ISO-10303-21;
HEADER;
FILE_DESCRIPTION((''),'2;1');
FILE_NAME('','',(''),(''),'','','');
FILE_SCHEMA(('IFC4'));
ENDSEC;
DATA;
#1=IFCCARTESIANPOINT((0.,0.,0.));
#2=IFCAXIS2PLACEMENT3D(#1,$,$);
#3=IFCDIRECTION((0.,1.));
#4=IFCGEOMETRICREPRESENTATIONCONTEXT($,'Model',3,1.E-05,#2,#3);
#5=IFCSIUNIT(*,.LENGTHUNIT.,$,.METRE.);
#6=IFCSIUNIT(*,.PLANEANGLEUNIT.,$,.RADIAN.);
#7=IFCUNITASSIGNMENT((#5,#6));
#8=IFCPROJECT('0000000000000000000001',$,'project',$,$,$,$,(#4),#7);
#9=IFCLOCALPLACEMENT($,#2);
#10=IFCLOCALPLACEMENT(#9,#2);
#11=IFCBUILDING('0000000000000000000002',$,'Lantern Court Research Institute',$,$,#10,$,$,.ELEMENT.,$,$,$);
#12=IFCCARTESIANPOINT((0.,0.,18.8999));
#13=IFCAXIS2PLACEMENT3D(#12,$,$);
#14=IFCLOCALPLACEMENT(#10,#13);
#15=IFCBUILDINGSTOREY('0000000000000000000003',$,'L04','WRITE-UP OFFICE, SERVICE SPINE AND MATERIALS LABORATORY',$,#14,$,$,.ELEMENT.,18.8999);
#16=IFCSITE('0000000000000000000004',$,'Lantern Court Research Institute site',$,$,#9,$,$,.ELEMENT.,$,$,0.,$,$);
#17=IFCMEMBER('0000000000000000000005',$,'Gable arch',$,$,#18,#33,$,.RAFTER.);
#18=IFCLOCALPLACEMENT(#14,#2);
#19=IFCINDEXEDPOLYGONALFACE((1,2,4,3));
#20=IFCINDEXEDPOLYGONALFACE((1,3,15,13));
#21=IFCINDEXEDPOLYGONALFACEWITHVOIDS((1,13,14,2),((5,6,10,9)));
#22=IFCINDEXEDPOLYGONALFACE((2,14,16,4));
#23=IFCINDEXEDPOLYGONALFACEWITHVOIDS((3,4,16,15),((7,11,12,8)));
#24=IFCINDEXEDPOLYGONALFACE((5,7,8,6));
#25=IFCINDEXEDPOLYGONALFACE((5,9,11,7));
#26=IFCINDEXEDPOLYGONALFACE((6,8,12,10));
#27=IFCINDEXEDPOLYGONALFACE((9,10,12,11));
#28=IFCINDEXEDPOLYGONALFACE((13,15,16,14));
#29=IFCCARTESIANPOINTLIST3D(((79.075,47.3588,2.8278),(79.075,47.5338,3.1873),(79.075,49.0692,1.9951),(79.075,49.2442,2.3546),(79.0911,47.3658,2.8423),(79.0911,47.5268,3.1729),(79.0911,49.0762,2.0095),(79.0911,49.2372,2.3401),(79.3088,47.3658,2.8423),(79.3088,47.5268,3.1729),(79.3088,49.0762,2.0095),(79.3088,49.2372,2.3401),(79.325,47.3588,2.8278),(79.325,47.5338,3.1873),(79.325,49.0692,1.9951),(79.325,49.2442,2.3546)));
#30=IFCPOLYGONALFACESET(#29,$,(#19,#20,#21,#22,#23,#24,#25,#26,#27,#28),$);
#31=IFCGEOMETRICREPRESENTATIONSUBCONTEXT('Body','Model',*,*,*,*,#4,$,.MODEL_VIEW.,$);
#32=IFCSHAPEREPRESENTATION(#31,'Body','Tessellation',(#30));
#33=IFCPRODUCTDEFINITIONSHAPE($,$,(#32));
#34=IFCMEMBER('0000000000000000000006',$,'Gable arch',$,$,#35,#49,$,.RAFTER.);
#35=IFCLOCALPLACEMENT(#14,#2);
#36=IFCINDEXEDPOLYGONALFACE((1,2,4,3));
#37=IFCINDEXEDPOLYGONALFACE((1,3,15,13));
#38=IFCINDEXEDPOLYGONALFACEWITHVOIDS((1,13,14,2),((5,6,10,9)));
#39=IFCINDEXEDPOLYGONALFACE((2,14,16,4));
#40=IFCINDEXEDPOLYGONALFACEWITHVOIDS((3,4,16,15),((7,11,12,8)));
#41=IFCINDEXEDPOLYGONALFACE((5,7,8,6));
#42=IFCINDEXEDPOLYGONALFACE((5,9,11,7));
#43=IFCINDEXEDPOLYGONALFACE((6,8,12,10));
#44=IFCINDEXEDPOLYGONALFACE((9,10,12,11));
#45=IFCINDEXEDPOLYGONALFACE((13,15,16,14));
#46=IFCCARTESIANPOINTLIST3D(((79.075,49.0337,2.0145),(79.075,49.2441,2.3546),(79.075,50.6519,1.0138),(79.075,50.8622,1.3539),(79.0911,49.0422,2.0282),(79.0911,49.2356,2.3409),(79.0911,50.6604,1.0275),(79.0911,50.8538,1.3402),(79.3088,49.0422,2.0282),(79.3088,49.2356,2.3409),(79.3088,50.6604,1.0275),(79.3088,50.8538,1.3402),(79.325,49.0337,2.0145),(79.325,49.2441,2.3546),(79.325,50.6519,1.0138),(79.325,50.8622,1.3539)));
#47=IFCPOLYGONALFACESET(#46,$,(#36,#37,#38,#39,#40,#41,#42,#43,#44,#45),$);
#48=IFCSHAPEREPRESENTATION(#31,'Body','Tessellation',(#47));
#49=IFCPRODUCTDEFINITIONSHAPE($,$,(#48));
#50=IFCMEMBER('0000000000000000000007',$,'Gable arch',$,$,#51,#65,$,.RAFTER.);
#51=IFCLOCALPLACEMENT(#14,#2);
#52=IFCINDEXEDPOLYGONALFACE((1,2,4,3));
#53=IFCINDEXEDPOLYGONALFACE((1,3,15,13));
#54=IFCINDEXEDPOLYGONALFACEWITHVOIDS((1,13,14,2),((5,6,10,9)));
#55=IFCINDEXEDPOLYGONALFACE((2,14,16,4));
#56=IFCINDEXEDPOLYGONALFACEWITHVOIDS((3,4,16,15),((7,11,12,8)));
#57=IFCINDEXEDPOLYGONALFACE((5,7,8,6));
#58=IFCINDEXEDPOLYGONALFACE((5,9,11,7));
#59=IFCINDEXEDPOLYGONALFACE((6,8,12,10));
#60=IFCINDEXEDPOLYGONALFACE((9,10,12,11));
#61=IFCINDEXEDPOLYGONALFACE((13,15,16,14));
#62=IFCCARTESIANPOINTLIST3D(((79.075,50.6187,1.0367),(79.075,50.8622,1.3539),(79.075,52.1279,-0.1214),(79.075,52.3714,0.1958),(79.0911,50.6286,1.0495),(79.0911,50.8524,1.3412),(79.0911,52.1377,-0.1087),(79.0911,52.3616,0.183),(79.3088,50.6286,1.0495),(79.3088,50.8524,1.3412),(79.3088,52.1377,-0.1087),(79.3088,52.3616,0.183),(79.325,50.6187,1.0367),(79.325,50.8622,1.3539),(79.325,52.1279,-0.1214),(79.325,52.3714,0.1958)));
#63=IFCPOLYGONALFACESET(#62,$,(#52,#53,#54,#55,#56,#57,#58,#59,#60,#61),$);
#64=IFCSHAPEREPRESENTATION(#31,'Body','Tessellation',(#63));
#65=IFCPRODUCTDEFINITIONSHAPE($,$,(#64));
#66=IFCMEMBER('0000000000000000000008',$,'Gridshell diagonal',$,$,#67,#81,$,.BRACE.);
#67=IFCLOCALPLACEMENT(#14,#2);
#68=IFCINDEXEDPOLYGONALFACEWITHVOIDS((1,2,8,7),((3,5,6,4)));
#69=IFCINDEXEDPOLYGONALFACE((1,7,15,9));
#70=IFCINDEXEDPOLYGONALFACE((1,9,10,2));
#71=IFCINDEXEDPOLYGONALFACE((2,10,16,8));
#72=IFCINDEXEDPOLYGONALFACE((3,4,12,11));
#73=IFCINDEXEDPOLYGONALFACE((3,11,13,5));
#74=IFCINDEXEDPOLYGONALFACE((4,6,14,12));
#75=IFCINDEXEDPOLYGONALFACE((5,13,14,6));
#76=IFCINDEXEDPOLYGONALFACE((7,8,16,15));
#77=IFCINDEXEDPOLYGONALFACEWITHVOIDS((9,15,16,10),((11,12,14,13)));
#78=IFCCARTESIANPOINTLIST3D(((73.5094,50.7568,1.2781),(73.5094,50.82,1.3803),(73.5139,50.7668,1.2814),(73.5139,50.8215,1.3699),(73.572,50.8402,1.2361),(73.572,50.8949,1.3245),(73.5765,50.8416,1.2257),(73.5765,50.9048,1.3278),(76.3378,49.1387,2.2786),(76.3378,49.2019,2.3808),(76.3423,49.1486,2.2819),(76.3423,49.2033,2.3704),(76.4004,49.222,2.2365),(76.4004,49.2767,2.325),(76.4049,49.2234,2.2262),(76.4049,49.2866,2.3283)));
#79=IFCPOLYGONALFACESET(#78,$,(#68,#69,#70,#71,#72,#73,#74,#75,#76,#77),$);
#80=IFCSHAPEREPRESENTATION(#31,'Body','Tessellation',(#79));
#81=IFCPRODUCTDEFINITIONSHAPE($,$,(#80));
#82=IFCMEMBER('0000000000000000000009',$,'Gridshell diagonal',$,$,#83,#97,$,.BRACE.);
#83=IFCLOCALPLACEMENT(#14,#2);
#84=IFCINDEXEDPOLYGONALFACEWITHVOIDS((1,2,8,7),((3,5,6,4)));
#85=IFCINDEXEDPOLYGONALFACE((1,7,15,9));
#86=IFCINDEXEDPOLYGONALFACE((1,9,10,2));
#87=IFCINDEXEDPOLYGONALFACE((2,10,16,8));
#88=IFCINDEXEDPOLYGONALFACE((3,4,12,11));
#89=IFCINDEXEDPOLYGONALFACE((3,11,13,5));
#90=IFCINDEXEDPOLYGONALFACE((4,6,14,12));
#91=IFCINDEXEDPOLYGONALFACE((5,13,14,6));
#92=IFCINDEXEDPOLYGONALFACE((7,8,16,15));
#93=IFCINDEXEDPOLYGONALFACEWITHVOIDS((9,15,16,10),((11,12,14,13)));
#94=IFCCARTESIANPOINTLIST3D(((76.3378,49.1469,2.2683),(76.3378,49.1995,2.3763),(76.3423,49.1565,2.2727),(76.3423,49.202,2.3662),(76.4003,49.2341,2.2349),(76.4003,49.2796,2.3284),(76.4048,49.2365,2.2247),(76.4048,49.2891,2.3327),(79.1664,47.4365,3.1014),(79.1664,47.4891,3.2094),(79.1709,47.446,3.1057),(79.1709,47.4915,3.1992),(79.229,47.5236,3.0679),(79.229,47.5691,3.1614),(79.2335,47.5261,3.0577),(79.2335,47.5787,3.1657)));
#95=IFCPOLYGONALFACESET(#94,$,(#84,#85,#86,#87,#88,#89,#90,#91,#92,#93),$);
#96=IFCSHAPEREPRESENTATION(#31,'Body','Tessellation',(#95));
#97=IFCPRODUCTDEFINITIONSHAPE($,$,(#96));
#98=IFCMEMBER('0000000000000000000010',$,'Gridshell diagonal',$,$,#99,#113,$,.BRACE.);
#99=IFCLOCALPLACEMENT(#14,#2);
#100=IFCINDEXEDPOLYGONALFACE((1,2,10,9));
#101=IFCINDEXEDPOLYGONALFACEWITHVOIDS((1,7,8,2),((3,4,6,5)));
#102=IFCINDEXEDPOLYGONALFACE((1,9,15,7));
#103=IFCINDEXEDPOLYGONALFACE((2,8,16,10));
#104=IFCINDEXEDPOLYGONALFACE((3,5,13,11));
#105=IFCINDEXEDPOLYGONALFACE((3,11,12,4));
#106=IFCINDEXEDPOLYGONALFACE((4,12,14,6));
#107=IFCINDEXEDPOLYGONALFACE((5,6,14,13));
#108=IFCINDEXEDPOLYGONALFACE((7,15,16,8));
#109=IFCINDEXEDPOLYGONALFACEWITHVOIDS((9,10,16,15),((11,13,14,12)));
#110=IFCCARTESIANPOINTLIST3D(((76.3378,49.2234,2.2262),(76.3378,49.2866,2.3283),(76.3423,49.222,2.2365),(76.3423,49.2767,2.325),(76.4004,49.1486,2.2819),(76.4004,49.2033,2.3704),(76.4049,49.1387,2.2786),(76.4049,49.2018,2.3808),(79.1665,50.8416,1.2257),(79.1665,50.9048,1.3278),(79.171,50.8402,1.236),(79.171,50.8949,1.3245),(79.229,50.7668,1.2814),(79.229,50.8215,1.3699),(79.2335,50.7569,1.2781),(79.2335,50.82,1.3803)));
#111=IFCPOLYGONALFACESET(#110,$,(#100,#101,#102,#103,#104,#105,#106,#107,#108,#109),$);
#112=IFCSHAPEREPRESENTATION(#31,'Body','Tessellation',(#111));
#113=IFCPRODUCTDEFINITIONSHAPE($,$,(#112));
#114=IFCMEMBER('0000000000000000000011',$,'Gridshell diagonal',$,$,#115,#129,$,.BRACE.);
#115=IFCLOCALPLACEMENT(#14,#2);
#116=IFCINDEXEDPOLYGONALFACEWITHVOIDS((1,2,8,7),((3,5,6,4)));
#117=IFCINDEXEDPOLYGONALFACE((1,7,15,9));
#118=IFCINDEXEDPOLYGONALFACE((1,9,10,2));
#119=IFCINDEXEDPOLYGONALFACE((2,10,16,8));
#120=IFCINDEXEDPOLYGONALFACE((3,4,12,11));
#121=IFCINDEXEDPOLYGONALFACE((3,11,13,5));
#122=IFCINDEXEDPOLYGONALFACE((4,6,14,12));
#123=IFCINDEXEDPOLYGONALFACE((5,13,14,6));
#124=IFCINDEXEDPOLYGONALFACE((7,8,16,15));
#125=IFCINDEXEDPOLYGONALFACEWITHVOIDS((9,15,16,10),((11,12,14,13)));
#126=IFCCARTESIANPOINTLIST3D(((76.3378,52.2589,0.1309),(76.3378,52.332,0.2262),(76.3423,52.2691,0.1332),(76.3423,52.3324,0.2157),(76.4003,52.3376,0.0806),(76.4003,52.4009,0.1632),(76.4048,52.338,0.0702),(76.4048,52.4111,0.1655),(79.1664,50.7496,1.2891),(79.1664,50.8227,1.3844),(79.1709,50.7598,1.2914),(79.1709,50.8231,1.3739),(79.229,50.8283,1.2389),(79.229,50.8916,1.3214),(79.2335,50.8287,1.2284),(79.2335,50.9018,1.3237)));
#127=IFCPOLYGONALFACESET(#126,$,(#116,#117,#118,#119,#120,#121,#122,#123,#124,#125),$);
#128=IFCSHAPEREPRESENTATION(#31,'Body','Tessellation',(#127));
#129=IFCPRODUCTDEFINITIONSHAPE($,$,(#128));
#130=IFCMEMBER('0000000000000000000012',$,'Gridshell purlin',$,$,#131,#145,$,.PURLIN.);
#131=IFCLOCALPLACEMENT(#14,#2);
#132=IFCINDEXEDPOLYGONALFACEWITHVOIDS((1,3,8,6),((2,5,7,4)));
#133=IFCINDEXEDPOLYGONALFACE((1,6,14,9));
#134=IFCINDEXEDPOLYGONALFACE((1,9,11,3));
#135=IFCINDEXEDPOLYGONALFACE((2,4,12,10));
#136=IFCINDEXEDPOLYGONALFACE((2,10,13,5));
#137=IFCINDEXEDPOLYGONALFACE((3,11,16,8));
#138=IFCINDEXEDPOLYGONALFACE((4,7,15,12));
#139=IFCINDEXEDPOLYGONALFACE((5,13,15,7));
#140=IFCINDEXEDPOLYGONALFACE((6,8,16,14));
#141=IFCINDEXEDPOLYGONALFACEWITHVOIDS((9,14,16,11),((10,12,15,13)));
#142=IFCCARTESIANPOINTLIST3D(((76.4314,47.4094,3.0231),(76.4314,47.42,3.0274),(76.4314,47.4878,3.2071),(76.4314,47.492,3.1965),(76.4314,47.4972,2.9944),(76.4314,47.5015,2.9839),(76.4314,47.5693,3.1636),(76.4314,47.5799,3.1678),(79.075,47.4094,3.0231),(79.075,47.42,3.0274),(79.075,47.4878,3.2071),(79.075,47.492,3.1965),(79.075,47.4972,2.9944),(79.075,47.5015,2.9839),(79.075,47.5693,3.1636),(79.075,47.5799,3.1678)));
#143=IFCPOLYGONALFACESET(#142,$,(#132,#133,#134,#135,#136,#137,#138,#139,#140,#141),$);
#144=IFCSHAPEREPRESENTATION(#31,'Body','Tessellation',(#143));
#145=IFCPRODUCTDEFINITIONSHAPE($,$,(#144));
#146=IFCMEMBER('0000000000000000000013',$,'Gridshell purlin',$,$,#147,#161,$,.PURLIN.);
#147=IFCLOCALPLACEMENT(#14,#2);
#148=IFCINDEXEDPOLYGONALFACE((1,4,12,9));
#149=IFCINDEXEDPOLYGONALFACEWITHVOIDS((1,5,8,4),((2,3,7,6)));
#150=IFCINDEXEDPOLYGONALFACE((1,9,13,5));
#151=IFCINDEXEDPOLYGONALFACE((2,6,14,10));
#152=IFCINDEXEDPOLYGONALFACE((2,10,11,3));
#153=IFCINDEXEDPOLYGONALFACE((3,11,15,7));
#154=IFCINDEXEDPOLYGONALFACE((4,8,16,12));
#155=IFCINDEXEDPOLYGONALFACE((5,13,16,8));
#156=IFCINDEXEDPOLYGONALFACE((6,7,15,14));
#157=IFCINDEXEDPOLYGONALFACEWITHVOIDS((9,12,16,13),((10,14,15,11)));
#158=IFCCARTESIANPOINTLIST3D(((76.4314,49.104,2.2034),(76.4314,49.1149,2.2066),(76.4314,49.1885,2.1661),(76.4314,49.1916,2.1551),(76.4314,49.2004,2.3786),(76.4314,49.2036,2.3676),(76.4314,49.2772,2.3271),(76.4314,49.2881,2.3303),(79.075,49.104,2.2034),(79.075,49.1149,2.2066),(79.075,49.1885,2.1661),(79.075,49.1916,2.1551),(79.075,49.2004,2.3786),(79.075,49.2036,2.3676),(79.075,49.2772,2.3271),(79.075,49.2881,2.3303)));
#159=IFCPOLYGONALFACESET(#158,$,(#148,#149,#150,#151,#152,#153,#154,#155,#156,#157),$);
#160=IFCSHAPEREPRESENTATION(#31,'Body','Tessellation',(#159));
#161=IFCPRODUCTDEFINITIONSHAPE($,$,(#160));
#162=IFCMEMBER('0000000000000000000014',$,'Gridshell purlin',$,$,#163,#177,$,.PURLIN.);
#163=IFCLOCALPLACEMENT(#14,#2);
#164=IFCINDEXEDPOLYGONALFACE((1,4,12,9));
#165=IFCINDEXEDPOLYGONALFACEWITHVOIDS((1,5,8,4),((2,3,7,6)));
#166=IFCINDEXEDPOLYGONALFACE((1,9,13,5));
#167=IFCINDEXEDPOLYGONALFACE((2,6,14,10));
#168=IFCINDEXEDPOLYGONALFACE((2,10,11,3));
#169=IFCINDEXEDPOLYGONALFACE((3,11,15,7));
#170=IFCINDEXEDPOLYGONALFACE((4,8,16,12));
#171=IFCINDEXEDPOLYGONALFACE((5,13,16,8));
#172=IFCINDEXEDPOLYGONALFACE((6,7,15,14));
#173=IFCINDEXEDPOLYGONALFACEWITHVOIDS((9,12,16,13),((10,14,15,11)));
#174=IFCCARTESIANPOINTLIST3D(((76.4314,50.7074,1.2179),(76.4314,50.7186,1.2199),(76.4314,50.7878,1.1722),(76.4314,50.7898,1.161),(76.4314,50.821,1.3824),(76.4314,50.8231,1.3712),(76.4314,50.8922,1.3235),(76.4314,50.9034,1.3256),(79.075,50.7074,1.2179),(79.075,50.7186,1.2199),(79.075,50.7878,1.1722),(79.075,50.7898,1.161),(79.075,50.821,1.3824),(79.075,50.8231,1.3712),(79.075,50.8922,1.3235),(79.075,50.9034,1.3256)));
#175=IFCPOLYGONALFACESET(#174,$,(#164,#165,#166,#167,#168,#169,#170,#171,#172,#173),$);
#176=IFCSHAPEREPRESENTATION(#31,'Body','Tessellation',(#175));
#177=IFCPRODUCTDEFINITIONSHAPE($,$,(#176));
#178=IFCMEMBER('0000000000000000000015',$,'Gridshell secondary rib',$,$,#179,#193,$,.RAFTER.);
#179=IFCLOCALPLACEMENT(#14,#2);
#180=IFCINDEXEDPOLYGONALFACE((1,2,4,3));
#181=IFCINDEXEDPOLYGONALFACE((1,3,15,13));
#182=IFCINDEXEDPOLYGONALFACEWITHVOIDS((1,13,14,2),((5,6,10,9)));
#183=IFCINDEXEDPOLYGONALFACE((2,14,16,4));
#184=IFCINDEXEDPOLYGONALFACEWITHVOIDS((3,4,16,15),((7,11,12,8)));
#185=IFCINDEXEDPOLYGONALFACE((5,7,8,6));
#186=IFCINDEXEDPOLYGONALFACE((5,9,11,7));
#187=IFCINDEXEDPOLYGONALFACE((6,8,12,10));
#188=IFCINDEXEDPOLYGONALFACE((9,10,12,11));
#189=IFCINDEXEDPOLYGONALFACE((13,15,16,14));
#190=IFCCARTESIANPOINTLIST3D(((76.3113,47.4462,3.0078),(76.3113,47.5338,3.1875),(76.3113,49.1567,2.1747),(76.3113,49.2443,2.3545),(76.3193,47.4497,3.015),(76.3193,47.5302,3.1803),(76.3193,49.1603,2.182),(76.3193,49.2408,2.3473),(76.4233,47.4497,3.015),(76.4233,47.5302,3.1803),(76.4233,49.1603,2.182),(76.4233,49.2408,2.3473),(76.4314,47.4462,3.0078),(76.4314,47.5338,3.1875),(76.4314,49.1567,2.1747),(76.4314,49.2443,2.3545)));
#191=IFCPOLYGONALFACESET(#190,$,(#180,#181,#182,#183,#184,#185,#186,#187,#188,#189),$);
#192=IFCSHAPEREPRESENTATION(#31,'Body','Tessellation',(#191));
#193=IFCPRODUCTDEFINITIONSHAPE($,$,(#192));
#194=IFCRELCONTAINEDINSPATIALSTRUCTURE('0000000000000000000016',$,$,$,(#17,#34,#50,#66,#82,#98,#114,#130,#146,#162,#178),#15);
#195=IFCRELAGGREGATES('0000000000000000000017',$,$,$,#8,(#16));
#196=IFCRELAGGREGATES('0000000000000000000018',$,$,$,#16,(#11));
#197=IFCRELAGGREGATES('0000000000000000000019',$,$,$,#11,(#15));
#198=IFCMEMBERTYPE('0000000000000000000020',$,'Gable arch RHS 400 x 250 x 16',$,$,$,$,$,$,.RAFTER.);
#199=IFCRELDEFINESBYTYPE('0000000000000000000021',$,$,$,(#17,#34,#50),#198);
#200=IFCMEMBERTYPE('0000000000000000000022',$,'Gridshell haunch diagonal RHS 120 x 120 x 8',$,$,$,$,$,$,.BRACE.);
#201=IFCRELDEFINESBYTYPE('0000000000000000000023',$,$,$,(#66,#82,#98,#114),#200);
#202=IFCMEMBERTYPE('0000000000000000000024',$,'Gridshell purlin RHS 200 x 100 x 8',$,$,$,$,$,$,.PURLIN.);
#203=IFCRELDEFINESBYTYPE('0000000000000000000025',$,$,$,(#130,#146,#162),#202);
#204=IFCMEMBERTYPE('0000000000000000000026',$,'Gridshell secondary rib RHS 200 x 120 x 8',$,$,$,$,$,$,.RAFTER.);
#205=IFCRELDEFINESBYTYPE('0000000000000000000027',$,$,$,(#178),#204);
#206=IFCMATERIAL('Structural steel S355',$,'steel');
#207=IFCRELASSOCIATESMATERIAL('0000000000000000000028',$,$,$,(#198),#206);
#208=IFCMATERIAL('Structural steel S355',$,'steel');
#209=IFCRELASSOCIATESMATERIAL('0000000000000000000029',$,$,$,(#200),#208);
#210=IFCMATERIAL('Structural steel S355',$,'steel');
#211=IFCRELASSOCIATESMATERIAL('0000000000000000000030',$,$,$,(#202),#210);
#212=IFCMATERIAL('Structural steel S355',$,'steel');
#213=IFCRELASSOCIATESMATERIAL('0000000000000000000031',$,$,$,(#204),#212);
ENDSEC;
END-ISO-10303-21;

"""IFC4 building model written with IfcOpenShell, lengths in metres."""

from ifc_helpers import new_model, si_unit, direction, frame, origin, origin_2d, place, context, subcontext, project, spatial, hollow_rectangle, extrude, material, material_profile, profile_set, type_object, element, save


model = new_model("IFC4")

# Units and contexts
model_context = context("Model", 3, precision=1e-05, world=origin(), true_north=direction((0.0, 1.0)))
body_context = subcontext(model_context, "Body", "Model", "MODEL_VIEW")
ifc_project = project(units=[si_unit("LENGTHUNIT", "METRE"), si_unit("PLANEANGLEUNIT", "RADIAN")], contexts=[model_context])

# Site, building, storey
site_placement = place(None, origin())
site = spatial("IfcSite", under=ifc_project, at=site_placement, Name="Lantern Court Research Institute site", CompositionType="ELEMENT", RefElevation=0.0)
building_placement = place(site_placement, origin())
building = spatial("IfcBuilding", under=site, at=building_placement, Name="Lantern Court Research Institute", CompositionType="ELEMENT")
storey_placement = place(building_placement, frame((0.0, 0.0, 18.8999)))
storey = spatial("IfcBuildingStorey", under=building, at=storey_placement, Name="L04", Description="WRITE-UP OFFICE, SERVICE SPINE AND MATERIALS LABORATORY", CompositionType="ELEMENT", Elevation=18.8999)

# Members
ifc_material_1 = material(Name="Structural steel S355", Category="steel")
ifc_material_profile_1 = material_profile(ifc_material_1, hollow_rectangle(XDim=0.25, YDim=0.3999, WallThickness=0.0161, at=origin_2d()), Name="Gable arch RHS 400 x 250 x 16")
ifc_profile_set_1 = profile_set([ifc_material_profile_1], Name="Structural steel S355")
member_type_1 = type_object("IfcMemberType", Name="Gable arch RHS 400 x 250 x 16", PredefinedType="RAFTER", material=ifc_profile_set_1)
member_1_placement = place(storey_placement, frame((79.2, 47.4463, 3.0076), z_axis=(0.0, 0.8991, -0.437743), x_axis=(-1.0, 0.0, 0.0)))
element("IfcMember", 1, at=member_1_placement, inside=storey, type_object=member_type_1, Name="Gable arch", PredefinedType="RAFTER", context=body_context, shape_type="SweptSolid", body=[
    extrude(hollow_rectangle(XDim=0.25, YDim=0.3999, WallThickness=0.0161, at=origin_2d()), origin(), (0.0, 0.0, 1.0), 1.9023),
])
member_2_placement = place(storey_placement, frame((79.2, 49.1389, 2.1846), z_axis=(0.0, 0.850498, -0.525979), x_axis=(-1.0, 0.0, 0.0)))
element("IfcMember", 2, at=member_2_placement, inside=storey, type_object=member_type_1, Name="Gable arch", PredefinedType="RAFTER", context=body_context, shape_type="SweptSolid", body=[
    extrude(hollow_rectangle(XDim=0.25, YDim=0.3999, WallThickness=0.0161, at=origin_2d()), origin(), (0.0, 0.0, 1.0), 1.9026),
])
member_3_placement = place(storey_placement, frame((79.2, 50.7405, 1.1953), z_axis=(0.0, 0.79333, -0.608792), x_axis=(-1.0, 0.0, 0.0)))
element("IfcMember", 3, at=member_3_placement, inside=storey, type_object=member_type_1, Name="Gable arch", PredefinedType="RAFTER", context=body_context, shape_type="SweptSolid", body=[
    extrude(hollow_rectangle(XDim=0.25, YDim=0.3999, WallThickness=0.0161, at=origin_2d()), origin(), (0.0, 0.0, 1.0), 1.9023),
])
ifc_material_2 = material(Name="Structural steel S355", Category="steel")
ifc_material_profile_2 = material_profile(ifc_material_2, hollow_rectangle(XDim=0.1201, YDim=0.1201, WallThickness=0.0081, at=origin_2d()), Name="Gridshell haunch diagonal RHS 120 x 120 x 8")
ifc_profile_set_2 = profile_set([ifc_material_profile_2], Name="Structural steel S355")
member_type_2 = type_object("IfcMemberType", Name="Gridshell haunch diagonal RHS 120 x 120 x 8", PredefinedType="BRACE", material=ifc_profile_set_2)
member_4_placement = place(storey_placement, frame((76.3713, 49.2126, 2.3035), z_axis=(-0.829755, 0.474719, -0.293512), x_axis=(-0.558128, -0.705699, 0.436442)))
element("IfcMember", 4, at=member_4_placement, inside=storey, type_object=member_type_2, Name="Gridshell diagonal", PredefinedType="BRACE", context=body_context, shape_type="SweptSolid", body=[
    extrude(hollow_rectangle(XDim=0.1201, YDim=0.1201, WallThickness=0.0081, at=origin_2d()), origin(), (0.0, 0.0, 1.0), 3.4087),
])
for number, where, z_axis, x_axis, name in (
    (5, (79.2, 47.5076, 3.1335), (-0.829773, 0.50176, -0.244363), (-0.558101, -0.746025, 0.363277), "Gridshell diagonal"),
    (6, (76.3713, 49.2126, 2.3035), (0.829777, 0.47469, -0.293494), (-0.558095, 0.705724, -0.436444), "Gridshell diagonal"),
    (7, (79.2, 50.8257, 1.3064), (-0.82978, 0.44275, -0.339761), (-0.558091, -0.65828, 0.505176), "Gridshell diagonal"),
):
    element("IfcMember", number, at=place(storey_placement, frame(where, z_axis=z_axis, x_axis=x_axis)), inside=storey, type_object=member_type_2, Name=name, PredefinedType="BRACE", context=body_context, shape_type="SweptSolid", body=[
        extrude(hollow_rectangle(XDim=0.1201, YDim=0.1201, WallThickness=0.0081, at=origin_2d()), origin(), (0.0, 0.0, 1.0), 3.4089),
    ])
ifc_material_3 = material(Name="Structural steel S355", Category="steel")
ifc_material_profile_3 = material_profile(ifc_material_3, hollow_rectangle(XDim=0.1001, YDim=0.2, WallThickness=0.0081, at=origin_2d()), Name="Gridshell purlin RHS 200 x 100 x 8")
ifc_profile_set_3 = profile_set([ifc_material_profile_3], Name="Structural steel S355")
member_type_3 = type_object("IfcMemberType", Name="Gridshell purlin RHS 200 x 100 x 8", PredefinedType="PURLIN", material=ifc_profile_set_3)
for number, where, z_axis, x_axis, name in (
    (8, (76.4314, 47.4946, 3.0955), (1.0, 0.0, 0.0), (0.0, 0.919966, -0.391999), "Gridshell purlin"),
    (9, (76.4314, 49.196, 2.2668), (1.0, 0.0, 0.0), (0.0, 0.875897, -0.482497), "Gridshell purlin"),
    (10, (76.4314, 50.8054, 1.2717), (1.0, 0.0, 0.0), (0.0, 0.822954, -0.568108), "Gridshell purlin"),
):
    element("IfcMember", number, at=place(storey_placement, frame(where, z_axis=z_axis, x_axis=x_axis)), inside=storey, type_object=member_type_3, Name=name, PredefinedType="PURLIN", context=body_context, shape_type="SweptSolid", body=[
        extrude(hollow_rectangle(XDim=0.1001, YDim=0.2, WallThickness=0.0081, at=origin_2d()), origin(), (0.0, 0.0, 1.0), 2.6436),
    ])
ifc_material_4 = material(Name="Structural steel S355", Category="steel")
ifc_material_profile_4 = material_profile(ifc_material_4, hollow_rectangle(XDim=0.1201, YDim=0.2, WallThickness=0.0081, at=origin_2d()), Name="Gridshell secondary rib RHS 200 x 120 x 8")
ifc_profile_set_4 = profile_set([ifc_material_profile_4], Name="Structural steel S355")
member_type_4 = type_object("IfcMemberType", Name="Gridshell secondary rib RHS 200 x 120 x 8", PredefinedType="RAFTER", material=ifc_profile_set_4)
member_5_placement = place(storey_placement, frame((76.3713, 47.49, 3.0977), z_axis=(0.0, 0.899049, -0.437847), x_axis=(-1.0, 0.0, 0.0)))
element("IfcMember", 11, at=member_5_placement, inside=storey, type_object=member_type_4, Name="Gridshell secondary rib", PredefinedType="RAFTER", context=body_context, shape_type="SweptSolid", body=[
    extrude(hollow_rectangle(XDim=0.1201, YDim=0.2, WallThickness=0.0081, at=origin_2d()), origin(), (0.0, 0.0, 1.0), 1.9026),
])

save(model, "model.ifc")
